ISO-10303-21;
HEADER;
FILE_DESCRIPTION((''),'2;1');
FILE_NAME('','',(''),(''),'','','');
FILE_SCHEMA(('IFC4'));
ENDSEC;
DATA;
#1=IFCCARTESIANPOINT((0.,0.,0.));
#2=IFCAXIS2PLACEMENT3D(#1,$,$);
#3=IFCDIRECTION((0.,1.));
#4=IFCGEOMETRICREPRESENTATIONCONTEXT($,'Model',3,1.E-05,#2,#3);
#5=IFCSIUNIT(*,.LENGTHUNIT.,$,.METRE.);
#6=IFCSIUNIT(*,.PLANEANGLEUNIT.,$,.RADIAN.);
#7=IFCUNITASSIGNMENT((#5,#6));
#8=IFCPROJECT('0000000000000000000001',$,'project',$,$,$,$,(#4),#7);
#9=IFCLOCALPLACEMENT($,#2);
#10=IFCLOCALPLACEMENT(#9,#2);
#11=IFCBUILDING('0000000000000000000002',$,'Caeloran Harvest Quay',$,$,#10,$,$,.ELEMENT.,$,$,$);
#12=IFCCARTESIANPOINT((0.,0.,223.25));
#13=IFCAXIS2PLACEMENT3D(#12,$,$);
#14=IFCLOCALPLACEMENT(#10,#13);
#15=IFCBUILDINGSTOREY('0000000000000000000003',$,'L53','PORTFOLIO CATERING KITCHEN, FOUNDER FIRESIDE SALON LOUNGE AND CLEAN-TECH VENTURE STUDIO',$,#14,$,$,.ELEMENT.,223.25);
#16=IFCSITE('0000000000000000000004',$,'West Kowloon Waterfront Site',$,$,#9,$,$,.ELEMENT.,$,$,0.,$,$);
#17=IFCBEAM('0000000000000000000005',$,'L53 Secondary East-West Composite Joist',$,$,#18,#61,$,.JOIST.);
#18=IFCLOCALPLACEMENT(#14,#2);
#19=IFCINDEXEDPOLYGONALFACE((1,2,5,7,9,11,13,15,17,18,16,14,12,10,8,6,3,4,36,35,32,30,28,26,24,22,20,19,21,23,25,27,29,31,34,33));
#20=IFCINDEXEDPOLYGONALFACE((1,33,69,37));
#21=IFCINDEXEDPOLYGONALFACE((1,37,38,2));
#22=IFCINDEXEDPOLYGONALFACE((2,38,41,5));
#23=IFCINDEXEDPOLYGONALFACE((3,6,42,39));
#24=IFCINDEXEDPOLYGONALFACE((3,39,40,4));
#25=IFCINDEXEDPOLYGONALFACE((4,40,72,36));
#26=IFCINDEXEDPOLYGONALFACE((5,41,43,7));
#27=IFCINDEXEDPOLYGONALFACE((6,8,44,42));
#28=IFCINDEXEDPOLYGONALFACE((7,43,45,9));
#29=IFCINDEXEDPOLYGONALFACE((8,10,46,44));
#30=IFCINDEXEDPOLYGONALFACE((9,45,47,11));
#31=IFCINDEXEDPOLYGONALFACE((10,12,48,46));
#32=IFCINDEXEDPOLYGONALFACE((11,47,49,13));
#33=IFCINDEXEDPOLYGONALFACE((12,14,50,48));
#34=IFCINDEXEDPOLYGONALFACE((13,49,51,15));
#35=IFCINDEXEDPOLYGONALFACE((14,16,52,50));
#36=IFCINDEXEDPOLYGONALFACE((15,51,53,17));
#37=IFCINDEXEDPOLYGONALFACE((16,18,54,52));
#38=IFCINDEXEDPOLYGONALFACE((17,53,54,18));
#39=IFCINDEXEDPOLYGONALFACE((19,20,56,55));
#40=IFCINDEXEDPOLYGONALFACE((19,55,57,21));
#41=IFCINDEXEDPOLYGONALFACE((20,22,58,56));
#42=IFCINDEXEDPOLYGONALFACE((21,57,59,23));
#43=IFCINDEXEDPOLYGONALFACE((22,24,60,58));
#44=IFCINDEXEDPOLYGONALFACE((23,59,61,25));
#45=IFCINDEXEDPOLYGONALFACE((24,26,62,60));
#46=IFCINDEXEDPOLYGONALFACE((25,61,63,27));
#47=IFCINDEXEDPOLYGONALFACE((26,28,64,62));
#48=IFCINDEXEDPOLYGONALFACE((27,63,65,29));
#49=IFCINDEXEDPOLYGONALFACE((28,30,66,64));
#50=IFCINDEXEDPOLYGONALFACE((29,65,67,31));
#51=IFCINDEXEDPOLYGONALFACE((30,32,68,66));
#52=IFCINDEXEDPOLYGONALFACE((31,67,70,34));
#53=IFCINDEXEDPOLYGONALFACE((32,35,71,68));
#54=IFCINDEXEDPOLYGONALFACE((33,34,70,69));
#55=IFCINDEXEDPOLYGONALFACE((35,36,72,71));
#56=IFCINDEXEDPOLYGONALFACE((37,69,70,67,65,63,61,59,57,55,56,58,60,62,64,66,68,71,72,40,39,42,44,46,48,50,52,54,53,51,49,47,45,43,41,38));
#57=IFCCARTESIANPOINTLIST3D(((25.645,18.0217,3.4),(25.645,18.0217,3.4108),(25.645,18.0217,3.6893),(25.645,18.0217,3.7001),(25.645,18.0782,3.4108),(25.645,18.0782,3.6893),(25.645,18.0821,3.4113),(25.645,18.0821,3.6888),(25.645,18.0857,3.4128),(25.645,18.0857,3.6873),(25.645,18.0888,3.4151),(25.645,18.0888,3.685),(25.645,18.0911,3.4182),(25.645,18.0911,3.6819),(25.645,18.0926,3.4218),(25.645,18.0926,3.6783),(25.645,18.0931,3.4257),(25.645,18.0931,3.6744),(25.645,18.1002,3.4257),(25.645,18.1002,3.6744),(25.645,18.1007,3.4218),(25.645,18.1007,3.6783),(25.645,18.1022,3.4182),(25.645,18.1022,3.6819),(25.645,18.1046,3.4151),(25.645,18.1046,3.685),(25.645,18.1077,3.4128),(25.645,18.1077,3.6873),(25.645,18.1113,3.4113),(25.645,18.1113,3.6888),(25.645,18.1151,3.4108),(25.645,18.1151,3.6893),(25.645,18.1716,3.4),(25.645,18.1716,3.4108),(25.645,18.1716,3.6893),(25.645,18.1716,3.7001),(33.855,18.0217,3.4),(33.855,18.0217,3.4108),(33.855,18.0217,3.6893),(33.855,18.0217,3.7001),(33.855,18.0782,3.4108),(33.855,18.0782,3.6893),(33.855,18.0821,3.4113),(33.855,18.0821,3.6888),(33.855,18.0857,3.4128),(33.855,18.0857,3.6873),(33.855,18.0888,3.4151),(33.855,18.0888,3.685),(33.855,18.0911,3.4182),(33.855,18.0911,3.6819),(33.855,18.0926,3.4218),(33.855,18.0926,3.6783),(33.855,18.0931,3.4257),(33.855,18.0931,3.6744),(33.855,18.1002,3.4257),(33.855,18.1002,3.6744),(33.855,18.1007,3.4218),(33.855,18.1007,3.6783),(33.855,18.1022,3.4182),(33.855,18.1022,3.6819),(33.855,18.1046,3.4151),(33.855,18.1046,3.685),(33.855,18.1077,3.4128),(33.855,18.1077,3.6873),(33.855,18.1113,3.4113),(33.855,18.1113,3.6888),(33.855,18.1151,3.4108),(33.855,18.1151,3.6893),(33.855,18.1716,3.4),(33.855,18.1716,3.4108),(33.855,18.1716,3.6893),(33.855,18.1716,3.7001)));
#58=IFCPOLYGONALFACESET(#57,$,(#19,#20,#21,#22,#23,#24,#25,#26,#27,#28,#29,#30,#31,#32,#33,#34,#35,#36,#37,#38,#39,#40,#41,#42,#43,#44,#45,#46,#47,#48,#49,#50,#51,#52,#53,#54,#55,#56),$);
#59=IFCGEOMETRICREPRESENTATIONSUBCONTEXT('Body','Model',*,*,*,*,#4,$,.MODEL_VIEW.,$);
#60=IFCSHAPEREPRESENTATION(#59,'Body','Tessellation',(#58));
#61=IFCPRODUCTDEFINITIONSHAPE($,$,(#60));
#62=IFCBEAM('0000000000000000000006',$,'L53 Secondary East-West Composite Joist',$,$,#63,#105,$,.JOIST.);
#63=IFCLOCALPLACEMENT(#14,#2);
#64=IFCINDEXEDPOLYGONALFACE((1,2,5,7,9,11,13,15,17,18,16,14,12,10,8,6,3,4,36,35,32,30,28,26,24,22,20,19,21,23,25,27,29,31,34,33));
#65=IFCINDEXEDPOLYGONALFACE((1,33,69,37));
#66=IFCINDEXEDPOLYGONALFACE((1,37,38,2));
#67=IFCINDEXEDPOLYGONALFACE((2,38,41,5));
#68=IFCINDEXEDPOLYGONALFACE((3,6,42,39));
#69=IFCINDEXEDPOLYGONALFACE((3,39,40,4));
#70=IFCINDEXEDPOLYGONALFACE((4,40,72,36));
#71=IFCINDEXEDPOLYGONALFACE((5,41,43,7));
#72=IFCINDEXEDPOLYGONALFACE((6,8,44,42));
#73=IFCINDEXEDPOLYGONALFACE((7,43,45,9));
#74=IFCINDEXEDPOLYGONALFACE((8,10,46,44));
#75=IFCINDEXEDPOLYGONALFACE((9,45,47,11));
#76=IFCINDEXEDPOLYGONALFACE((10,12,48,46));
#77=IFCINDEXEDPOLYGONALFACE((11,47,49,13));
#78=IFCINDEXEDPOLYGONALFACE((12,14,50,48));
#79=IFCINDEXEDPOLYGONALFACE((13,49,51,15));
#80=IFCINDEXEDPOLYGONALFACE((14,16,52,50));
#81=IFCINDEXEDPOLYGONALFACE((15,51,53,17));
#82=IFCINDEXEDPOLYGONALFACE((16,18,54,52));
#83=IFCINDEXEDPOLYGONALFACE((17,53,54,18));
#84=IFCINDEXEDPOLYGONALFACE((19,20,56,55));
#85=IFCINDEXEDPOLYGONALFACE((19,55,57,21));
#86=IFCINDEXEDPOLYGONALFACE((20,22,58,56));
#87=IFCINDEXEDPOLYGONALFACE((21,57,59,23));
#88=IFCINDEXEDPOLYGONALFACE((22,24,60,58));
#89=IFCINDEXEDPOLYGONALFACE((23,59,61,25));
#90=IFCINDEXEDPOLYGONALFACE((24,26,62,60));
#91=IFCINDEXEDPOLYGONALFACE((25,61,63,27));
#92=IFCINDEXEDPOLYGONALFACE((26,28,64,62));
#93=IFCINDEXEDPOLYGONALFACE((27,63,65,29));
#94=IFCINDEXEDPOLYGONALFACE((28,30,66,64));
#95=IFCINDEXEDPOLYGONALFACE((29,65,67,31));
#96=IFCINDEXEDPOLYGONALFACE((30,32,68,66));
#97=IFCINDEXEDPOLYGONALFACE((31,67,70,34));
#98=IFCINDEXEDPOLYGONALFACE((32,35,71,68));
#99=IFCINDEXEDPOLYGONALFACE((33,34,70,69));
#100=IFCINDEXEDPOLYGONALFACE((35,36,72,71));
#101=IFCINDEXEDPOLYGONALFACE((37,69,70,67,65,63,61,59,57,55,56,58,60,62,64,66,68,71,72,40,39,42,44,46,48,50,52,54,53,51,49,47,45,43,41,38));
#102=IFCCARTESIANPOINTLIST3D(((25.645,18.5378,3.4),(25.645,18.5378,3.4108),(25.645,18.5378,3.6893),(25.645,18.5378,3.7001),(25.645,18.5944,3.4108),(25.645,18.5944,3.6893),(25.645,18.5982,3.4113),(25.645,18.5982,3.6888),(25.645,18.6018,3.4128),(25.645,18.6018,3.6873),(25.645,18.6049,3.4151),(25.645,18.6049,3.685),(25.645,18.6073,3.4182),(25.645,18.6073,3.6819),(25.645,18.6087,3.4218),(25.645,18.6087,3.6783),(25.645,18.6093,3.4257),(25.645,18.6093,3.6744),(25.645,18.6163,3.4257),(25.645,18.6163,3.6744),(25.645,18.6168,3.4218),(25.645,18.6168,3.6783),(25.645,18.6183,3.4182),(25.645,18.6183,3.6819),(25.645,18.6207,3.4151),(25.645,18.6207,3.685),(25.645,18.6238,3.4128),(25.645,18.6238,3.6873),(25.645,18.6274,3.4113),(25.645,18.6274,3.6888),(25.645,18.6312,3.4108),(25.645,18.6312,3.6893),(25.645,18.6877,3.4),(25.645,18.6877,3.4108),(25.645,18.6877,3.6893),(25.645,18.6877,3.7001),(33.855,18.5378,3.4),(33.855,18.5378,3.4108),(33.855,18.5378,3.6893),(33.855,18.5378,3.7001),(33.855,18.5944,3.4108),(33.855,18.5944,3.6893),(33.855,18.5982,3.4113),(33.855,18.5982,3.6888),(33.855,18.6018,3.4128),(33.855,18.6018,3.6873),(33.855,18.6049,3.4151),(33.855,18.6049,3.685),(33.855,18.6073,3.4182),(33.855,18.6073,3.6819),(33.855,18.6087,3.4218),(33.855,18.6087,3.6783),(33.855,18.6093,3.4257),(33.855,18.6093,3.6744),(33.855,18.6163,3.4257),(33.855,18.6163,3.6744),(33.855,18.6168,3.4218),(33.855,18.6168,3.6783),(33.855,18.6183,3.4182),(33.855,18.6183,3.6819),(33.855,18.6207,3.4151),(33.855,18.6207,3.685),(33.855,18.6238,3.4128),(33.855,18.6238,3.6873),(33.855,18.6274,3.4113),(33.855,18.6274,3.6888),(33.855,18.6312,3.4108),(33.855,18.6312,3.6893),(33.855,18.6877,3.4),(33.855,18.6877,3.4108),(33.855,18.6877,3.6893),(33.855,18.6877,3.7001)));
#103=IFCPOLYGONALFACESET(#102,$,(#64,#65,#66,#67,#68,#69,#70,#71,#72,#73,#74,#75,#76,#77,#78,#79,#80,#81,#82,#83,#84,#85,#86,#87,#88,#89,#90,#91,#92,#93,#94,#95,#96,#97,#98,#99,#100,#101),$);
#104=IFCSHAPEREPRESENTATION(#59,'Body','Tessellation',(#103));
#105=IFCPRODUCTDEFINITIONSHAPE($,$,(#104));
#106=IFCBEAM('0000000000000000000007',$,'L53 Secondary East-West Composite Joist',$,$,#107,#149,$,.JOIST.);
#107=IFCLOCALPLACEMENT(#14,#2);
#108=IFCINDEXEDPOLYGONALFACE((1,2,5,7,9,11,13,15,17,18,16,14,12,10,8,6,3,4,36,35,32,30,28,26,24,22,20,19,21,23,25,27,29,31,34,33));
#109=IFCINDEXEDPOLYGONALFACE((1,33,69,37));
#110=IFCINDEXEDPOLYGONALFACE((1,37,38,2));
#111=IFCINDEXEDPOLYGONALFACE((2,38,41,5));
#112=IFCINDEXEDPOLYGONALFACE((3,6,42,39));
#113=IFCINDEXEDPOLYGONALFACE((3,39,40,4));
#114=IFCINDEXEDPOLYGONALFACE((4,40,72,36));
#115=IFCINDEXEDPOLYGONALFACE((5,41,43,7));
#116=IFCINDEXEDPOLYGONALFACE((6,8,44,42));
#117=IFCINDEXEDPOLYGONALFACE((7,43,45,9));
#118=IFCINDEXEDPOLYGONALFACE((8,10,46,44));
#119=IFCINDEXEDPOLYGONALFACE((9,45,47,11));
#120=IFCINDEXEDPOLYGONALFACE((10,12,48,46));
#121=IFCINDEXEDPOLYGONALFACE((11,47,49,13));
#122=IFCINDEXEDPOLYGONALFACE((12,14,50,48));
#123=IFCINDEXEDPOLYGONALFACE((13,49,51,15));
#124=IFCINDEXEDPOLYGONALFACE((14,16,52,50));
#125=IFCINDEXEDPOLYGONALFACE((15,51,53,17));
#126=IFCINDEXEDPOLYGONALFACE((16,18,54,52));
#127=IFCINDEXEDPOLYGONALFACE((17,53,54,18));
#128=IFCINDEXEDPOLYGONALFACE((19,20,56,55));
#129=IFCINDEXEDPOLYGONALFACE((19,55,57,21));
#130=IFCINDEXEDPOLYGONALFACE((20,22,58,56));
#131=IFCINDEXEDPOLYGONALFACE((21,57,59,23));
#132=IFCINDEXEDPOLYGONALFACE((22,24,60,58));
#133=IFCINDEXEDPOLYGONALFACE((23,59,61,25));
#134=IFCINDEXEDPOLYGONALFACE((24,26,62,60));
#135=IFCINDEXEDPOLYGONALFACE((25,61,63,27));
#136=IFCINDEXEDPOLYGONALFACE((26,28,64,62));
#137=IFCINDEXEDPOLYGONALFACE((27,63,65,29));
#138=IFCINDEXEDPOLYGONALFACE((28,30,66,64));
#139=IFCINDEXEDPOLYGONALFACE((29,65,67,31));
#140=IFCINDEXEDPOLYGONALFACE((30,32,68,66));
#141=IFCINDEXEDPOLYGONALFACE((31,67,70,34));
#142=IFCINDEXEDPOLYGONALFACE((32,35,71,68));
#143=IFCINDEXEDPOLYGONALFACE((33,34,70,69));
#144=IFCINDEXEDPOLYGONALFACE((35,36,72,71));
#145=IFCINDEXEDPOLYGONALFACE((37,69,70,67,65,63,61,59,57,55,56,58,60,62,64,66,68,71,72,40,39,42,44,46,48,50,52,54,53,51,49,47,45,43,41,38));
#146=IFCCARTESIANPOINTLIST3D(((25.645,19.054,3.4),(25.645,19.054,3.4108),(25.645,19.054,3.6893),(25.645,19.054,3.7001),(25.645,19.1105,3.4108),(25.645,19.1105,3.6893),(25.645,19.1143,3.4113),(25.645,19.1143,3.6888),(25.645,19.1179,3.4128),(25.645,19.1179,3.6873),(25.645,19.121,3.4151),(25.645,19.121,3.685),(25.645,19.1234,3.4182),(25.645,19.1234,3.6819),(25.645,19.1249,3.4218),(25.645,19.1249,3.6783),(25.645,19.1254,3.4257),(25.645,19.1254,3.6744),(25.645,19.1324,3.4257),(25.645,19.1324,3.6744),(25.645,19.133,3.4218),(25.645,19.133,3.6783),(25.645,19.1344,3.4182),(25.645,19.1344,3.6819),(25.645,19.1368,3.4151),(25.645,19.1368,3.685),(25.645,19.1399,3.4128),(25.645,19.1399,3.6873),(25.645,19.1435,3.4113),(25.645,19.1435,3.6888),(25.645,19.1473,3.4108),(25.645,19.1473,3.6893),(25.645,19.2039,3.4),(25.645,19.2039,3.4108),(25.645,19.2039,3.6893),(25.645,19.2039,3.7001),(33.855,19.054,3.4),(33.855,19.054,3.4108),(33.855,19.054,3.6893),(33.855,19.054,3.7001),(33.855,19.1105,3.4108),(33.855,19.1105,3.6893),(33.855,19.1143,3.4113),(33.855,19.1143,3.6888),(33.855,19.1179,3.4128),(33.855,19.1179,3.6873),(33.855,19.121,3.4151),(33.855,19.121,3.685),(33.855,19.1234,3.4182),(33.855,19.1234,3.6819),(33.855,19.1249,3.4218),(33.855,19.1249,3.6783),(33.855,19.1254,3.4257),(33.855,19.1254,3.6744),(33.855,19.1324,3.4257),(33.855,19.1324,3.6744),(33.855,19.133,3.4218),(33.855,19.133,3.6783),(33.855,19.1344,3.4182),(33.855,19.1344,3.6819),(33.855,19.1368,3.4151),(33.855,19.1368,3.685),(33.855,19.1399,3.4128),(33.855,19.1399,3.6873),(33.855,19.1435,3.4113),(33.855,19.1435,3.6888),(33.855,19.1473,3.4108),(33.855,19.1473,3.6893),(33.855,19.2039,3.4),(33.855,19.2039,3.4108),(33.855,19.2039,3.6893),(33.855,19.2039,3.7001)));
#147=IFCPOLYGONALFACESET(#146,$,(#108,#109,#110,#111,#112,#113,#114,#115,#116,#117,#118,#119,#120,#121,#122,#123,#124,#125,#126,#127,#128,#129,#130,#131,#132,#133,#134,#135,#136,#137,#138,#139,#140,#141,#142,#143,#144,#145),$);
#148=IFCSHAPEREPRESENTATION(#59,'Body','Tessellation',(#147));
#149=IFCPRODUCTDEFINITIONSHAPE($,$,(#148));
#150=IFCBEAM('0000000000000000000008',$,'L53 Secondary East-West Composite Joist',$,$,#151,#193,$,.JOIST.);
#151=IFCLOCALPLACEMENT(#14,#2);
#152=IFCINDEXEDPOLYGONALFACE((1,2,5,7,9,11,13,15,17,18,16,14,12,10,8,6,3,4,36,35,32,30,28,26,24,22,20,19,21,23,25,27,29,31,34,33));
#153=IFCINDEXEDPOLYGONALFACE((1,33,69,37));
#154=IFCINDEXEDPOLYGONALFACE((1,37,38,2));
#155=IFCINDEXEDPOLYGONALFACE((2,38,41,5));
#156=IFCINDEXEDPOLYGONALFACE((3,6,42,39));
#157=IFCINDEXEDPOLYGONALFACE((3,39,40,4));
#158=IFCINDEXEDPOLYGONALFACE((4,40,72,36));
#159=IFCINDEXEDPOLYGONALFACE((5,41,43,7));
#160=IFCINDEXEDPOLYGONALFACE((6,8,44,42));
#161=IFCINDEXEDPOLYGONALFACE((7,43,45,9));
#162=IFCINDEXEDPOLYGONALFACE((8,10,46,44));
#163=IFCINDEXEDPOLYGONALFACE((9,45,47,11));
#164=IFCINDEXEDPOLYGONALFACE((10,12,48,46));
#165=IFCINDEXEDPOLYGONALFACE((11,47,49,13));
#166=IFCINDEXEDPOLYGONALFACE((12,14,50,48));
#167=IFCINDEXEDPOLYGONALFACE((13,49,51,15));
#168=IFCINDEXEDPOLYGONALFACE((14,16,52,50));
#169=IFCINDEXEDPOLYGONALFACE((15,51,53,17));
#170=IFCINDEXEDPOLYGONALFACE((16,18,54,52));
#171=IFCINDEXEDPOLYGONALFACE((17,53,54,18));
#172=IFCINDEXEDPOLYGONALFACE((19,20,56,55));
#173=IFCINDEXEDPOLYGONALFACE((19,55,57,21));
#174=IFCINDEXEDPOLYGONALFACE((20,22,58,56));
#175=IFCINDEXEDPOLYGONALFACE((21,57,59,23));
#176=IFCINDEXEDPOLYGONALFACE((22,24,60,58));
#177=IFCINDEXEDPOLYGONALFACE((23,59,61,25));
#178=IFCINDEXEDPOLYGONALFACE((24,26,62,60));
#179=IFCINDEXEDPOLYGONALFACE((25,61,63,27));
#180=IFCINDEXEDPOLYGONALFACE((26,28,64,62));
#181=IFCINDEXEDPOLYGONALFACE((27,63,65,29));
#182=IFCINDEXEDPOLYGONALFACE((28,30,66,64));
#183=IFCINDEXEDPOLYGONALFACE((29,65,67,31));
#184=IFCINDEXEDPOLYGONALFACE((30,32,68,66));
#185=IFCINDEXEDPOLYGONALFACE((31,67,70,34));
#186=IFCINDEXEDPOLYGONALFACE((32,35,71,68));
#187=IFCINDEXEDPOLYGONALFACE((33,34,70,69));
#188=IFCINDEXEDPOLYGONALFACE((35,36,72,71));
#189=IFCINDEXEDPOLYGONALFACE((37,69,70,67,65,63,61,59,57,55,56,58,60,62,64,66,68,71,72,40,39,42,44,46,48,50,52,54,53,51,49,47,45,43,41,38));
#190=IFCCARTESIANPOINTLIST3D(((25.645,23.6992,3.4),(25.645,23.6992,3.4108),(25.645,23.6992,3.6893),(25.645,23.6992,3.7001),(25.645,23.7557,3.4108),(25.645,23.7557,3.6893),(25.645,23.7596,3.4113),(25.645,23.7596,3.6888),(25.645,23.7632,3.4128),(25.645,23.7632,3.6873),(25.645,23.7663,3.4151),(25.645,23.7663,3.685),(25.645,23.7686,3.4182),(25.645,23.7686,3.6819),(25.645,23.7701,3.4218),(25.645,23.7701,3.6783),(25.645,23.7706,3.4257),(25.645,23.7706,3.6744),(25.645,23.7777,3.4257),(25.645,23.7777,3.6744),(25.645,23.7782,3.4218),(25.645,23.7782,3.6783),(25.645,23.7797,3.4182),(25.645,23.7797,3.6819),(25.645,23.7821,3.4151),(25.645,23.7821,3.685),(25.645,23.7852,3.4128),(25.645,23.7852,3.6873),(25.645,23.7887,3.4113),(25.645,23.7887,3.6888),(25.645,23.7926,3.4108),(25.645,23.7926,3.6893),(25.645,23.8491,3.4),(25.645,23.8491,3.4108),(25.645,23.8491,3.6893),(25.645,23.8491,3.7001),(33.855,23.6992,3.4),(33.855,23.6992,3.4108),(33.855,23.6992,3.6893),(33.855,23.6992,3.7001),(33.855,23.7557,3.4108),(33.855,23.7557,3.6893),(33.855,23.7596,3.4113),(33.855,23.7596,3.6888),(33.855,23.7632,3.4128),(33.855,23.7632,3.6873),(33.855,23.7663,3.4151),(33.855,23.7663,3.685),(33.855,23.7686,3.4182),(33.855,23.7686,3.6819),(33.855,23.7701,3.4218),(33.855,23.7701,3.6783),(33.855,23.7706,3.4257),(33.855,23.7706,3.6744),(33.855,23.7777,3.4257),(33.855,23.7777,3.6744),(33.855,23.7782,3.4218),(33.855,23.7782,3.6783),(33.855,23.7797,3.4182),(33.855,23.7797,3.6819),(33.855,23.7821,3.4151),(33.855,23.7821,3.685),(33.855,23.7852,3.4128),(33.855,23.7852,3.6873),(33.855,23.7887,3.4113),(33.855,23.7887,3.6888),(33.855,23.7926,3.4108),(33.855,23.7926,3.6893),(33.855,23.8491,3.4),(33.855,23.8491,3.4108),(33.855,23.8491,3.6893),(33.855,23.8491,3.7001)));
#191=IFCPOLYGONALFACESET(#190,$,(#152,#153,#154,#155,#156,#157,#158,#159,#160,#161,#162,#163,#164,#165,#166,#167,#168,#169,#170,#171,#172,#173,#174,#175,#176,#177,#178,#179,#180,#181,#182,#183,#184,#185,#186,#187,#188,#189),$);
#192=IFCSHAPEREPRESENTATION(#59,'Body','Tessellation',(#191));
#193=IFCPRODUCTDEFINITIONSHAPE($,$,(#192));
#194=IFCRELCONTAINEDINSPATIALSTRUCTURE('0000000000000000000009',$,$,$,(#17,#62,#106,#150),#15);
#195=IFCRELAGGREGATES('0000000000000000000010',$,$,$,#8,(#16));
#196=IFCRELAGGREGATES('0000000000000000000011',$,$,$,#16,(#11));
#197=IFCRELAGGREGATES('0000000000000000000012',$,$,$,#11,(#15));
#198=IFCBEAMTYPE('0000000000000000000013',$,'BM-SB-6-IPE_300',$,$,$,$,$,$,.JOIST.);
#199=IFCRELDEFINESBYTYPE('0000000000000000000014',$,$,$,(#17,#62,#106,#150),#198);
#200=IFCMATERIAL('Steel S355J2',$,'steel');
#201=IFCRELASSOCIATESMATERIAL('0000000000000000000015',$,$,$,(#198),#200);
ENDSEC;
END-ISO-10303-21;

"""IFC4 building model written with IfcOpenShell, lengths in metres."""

from ifc_helpers import new_model, si_unit, direction, frame, origin, origin_2d, place, context, subcontext, project, spatial, i_section, extrude, material, material_profile, profile_set, type_object, element, save


model = new_model("IFC4")

# Units and contexts
model_context = context("Model", 3, precision=1e-05, world=origin(), true_north=direction((0.0, 1.0)))
body_context = subcontext(model_context, "Body", "Model", "MODEL_VIEW")
ifc_project = project(units=[si_unit("LENGTHUNIT", "METRE"), si_unit("PLANEANGLEUNIT", "RADIAN")], contexts=[model_context])

# Site, building, storey
site_placement = place(None, origin())
site = spatial("IfcSite", under=ifc_project, at=site_placement, Name="West Kowloon Waterfront Site", CompositionType="ELEMENT", RefElevation=0.0)
building_placement = place(site_placement, origin())
building = spatial("IfcBuilding", under=site, at=building_placement, Name="Caeloran Harvest Quay", CompositionType="ELEMENT")
storey_placement = place(building_placement, frame((0.0, 0.0, 223.25)))
storey = spatial("IfcBuildingStorey", under=building, at=storey_placement, Name="L53", Description="PORTFOLIO CATERING KITCHEN, FOUNDER FIRESIDE SALON LOUNGE AND CLEAN-TECH VENTURE STUDIO", CompositionType="ELEMENT", Elevation=223.25)

# Beams
ifc_material_1 = material(Name="Steel S355J2", Category="steel")
ifc_material_profile_1 = material_profile(ifc_material_1, i_section(OverallWidth=0.1499, OverallDepth=0.3, WebThickness=0.0071, FlangeThickness=0.0107, FilletRadius=0.0149, at=origin_2d()), Name="IPE 300")
ifc_profile_set_1 = profile_set([ifc_material_profile_1], Name="Steel S355J2")
beam_type_1 = type_object("IfcBeamType", Name="BM-SB-6-IPE_300", PredefinedType="JOIST", material=ifc_profile_set_1)
for number, where, z_axis, x_axis, name in (
    (1, (25.645, 18.0967, 3.55), (1.0, 0.0, 0.0), (0.0, 1.0, 0.0), "L53 Secondary East-West Composite Joist"),
    (2, (25.645, 18.6128, 3.55), (1.0, 0.0, 0.0), (0.0, 1.0, 0.0), "L53 Secondary East-West Composite Joist"),
    (3, (25.645, 19.1289, 3.55), (1.0, 0.0, 0.0), (0.0, 1.0, 0.0), "L53 Secondary East-West Composite Joist"),
    (4, (25.645, 23.7742, 3.55), (1.0, 0.0, 0.0), (0.0, 1.0, 0.0), "L53 Secondary East-West Composite Joist"),
):
    element("IfcBeam", number, at=place(storey_placement, frame(where, z_axis=z_axis, x_axis=x_axis)), inside=storey, type_object=beam_type_1, Name=name, PredefinedType="JOIST", context=body_context, shape_type="SweptSolid", body=[
        extrude(i_section(OverallWidth=0.1499, OverallDepth=0.3, WebThickness=0.0071, FlangeThickness=0.0107, FilletRadius=0.0149, at=origin_2d()), origin(), (0.0, 0.0, 1.0), 8.21),
    ])

save(model, "model.ifc")
